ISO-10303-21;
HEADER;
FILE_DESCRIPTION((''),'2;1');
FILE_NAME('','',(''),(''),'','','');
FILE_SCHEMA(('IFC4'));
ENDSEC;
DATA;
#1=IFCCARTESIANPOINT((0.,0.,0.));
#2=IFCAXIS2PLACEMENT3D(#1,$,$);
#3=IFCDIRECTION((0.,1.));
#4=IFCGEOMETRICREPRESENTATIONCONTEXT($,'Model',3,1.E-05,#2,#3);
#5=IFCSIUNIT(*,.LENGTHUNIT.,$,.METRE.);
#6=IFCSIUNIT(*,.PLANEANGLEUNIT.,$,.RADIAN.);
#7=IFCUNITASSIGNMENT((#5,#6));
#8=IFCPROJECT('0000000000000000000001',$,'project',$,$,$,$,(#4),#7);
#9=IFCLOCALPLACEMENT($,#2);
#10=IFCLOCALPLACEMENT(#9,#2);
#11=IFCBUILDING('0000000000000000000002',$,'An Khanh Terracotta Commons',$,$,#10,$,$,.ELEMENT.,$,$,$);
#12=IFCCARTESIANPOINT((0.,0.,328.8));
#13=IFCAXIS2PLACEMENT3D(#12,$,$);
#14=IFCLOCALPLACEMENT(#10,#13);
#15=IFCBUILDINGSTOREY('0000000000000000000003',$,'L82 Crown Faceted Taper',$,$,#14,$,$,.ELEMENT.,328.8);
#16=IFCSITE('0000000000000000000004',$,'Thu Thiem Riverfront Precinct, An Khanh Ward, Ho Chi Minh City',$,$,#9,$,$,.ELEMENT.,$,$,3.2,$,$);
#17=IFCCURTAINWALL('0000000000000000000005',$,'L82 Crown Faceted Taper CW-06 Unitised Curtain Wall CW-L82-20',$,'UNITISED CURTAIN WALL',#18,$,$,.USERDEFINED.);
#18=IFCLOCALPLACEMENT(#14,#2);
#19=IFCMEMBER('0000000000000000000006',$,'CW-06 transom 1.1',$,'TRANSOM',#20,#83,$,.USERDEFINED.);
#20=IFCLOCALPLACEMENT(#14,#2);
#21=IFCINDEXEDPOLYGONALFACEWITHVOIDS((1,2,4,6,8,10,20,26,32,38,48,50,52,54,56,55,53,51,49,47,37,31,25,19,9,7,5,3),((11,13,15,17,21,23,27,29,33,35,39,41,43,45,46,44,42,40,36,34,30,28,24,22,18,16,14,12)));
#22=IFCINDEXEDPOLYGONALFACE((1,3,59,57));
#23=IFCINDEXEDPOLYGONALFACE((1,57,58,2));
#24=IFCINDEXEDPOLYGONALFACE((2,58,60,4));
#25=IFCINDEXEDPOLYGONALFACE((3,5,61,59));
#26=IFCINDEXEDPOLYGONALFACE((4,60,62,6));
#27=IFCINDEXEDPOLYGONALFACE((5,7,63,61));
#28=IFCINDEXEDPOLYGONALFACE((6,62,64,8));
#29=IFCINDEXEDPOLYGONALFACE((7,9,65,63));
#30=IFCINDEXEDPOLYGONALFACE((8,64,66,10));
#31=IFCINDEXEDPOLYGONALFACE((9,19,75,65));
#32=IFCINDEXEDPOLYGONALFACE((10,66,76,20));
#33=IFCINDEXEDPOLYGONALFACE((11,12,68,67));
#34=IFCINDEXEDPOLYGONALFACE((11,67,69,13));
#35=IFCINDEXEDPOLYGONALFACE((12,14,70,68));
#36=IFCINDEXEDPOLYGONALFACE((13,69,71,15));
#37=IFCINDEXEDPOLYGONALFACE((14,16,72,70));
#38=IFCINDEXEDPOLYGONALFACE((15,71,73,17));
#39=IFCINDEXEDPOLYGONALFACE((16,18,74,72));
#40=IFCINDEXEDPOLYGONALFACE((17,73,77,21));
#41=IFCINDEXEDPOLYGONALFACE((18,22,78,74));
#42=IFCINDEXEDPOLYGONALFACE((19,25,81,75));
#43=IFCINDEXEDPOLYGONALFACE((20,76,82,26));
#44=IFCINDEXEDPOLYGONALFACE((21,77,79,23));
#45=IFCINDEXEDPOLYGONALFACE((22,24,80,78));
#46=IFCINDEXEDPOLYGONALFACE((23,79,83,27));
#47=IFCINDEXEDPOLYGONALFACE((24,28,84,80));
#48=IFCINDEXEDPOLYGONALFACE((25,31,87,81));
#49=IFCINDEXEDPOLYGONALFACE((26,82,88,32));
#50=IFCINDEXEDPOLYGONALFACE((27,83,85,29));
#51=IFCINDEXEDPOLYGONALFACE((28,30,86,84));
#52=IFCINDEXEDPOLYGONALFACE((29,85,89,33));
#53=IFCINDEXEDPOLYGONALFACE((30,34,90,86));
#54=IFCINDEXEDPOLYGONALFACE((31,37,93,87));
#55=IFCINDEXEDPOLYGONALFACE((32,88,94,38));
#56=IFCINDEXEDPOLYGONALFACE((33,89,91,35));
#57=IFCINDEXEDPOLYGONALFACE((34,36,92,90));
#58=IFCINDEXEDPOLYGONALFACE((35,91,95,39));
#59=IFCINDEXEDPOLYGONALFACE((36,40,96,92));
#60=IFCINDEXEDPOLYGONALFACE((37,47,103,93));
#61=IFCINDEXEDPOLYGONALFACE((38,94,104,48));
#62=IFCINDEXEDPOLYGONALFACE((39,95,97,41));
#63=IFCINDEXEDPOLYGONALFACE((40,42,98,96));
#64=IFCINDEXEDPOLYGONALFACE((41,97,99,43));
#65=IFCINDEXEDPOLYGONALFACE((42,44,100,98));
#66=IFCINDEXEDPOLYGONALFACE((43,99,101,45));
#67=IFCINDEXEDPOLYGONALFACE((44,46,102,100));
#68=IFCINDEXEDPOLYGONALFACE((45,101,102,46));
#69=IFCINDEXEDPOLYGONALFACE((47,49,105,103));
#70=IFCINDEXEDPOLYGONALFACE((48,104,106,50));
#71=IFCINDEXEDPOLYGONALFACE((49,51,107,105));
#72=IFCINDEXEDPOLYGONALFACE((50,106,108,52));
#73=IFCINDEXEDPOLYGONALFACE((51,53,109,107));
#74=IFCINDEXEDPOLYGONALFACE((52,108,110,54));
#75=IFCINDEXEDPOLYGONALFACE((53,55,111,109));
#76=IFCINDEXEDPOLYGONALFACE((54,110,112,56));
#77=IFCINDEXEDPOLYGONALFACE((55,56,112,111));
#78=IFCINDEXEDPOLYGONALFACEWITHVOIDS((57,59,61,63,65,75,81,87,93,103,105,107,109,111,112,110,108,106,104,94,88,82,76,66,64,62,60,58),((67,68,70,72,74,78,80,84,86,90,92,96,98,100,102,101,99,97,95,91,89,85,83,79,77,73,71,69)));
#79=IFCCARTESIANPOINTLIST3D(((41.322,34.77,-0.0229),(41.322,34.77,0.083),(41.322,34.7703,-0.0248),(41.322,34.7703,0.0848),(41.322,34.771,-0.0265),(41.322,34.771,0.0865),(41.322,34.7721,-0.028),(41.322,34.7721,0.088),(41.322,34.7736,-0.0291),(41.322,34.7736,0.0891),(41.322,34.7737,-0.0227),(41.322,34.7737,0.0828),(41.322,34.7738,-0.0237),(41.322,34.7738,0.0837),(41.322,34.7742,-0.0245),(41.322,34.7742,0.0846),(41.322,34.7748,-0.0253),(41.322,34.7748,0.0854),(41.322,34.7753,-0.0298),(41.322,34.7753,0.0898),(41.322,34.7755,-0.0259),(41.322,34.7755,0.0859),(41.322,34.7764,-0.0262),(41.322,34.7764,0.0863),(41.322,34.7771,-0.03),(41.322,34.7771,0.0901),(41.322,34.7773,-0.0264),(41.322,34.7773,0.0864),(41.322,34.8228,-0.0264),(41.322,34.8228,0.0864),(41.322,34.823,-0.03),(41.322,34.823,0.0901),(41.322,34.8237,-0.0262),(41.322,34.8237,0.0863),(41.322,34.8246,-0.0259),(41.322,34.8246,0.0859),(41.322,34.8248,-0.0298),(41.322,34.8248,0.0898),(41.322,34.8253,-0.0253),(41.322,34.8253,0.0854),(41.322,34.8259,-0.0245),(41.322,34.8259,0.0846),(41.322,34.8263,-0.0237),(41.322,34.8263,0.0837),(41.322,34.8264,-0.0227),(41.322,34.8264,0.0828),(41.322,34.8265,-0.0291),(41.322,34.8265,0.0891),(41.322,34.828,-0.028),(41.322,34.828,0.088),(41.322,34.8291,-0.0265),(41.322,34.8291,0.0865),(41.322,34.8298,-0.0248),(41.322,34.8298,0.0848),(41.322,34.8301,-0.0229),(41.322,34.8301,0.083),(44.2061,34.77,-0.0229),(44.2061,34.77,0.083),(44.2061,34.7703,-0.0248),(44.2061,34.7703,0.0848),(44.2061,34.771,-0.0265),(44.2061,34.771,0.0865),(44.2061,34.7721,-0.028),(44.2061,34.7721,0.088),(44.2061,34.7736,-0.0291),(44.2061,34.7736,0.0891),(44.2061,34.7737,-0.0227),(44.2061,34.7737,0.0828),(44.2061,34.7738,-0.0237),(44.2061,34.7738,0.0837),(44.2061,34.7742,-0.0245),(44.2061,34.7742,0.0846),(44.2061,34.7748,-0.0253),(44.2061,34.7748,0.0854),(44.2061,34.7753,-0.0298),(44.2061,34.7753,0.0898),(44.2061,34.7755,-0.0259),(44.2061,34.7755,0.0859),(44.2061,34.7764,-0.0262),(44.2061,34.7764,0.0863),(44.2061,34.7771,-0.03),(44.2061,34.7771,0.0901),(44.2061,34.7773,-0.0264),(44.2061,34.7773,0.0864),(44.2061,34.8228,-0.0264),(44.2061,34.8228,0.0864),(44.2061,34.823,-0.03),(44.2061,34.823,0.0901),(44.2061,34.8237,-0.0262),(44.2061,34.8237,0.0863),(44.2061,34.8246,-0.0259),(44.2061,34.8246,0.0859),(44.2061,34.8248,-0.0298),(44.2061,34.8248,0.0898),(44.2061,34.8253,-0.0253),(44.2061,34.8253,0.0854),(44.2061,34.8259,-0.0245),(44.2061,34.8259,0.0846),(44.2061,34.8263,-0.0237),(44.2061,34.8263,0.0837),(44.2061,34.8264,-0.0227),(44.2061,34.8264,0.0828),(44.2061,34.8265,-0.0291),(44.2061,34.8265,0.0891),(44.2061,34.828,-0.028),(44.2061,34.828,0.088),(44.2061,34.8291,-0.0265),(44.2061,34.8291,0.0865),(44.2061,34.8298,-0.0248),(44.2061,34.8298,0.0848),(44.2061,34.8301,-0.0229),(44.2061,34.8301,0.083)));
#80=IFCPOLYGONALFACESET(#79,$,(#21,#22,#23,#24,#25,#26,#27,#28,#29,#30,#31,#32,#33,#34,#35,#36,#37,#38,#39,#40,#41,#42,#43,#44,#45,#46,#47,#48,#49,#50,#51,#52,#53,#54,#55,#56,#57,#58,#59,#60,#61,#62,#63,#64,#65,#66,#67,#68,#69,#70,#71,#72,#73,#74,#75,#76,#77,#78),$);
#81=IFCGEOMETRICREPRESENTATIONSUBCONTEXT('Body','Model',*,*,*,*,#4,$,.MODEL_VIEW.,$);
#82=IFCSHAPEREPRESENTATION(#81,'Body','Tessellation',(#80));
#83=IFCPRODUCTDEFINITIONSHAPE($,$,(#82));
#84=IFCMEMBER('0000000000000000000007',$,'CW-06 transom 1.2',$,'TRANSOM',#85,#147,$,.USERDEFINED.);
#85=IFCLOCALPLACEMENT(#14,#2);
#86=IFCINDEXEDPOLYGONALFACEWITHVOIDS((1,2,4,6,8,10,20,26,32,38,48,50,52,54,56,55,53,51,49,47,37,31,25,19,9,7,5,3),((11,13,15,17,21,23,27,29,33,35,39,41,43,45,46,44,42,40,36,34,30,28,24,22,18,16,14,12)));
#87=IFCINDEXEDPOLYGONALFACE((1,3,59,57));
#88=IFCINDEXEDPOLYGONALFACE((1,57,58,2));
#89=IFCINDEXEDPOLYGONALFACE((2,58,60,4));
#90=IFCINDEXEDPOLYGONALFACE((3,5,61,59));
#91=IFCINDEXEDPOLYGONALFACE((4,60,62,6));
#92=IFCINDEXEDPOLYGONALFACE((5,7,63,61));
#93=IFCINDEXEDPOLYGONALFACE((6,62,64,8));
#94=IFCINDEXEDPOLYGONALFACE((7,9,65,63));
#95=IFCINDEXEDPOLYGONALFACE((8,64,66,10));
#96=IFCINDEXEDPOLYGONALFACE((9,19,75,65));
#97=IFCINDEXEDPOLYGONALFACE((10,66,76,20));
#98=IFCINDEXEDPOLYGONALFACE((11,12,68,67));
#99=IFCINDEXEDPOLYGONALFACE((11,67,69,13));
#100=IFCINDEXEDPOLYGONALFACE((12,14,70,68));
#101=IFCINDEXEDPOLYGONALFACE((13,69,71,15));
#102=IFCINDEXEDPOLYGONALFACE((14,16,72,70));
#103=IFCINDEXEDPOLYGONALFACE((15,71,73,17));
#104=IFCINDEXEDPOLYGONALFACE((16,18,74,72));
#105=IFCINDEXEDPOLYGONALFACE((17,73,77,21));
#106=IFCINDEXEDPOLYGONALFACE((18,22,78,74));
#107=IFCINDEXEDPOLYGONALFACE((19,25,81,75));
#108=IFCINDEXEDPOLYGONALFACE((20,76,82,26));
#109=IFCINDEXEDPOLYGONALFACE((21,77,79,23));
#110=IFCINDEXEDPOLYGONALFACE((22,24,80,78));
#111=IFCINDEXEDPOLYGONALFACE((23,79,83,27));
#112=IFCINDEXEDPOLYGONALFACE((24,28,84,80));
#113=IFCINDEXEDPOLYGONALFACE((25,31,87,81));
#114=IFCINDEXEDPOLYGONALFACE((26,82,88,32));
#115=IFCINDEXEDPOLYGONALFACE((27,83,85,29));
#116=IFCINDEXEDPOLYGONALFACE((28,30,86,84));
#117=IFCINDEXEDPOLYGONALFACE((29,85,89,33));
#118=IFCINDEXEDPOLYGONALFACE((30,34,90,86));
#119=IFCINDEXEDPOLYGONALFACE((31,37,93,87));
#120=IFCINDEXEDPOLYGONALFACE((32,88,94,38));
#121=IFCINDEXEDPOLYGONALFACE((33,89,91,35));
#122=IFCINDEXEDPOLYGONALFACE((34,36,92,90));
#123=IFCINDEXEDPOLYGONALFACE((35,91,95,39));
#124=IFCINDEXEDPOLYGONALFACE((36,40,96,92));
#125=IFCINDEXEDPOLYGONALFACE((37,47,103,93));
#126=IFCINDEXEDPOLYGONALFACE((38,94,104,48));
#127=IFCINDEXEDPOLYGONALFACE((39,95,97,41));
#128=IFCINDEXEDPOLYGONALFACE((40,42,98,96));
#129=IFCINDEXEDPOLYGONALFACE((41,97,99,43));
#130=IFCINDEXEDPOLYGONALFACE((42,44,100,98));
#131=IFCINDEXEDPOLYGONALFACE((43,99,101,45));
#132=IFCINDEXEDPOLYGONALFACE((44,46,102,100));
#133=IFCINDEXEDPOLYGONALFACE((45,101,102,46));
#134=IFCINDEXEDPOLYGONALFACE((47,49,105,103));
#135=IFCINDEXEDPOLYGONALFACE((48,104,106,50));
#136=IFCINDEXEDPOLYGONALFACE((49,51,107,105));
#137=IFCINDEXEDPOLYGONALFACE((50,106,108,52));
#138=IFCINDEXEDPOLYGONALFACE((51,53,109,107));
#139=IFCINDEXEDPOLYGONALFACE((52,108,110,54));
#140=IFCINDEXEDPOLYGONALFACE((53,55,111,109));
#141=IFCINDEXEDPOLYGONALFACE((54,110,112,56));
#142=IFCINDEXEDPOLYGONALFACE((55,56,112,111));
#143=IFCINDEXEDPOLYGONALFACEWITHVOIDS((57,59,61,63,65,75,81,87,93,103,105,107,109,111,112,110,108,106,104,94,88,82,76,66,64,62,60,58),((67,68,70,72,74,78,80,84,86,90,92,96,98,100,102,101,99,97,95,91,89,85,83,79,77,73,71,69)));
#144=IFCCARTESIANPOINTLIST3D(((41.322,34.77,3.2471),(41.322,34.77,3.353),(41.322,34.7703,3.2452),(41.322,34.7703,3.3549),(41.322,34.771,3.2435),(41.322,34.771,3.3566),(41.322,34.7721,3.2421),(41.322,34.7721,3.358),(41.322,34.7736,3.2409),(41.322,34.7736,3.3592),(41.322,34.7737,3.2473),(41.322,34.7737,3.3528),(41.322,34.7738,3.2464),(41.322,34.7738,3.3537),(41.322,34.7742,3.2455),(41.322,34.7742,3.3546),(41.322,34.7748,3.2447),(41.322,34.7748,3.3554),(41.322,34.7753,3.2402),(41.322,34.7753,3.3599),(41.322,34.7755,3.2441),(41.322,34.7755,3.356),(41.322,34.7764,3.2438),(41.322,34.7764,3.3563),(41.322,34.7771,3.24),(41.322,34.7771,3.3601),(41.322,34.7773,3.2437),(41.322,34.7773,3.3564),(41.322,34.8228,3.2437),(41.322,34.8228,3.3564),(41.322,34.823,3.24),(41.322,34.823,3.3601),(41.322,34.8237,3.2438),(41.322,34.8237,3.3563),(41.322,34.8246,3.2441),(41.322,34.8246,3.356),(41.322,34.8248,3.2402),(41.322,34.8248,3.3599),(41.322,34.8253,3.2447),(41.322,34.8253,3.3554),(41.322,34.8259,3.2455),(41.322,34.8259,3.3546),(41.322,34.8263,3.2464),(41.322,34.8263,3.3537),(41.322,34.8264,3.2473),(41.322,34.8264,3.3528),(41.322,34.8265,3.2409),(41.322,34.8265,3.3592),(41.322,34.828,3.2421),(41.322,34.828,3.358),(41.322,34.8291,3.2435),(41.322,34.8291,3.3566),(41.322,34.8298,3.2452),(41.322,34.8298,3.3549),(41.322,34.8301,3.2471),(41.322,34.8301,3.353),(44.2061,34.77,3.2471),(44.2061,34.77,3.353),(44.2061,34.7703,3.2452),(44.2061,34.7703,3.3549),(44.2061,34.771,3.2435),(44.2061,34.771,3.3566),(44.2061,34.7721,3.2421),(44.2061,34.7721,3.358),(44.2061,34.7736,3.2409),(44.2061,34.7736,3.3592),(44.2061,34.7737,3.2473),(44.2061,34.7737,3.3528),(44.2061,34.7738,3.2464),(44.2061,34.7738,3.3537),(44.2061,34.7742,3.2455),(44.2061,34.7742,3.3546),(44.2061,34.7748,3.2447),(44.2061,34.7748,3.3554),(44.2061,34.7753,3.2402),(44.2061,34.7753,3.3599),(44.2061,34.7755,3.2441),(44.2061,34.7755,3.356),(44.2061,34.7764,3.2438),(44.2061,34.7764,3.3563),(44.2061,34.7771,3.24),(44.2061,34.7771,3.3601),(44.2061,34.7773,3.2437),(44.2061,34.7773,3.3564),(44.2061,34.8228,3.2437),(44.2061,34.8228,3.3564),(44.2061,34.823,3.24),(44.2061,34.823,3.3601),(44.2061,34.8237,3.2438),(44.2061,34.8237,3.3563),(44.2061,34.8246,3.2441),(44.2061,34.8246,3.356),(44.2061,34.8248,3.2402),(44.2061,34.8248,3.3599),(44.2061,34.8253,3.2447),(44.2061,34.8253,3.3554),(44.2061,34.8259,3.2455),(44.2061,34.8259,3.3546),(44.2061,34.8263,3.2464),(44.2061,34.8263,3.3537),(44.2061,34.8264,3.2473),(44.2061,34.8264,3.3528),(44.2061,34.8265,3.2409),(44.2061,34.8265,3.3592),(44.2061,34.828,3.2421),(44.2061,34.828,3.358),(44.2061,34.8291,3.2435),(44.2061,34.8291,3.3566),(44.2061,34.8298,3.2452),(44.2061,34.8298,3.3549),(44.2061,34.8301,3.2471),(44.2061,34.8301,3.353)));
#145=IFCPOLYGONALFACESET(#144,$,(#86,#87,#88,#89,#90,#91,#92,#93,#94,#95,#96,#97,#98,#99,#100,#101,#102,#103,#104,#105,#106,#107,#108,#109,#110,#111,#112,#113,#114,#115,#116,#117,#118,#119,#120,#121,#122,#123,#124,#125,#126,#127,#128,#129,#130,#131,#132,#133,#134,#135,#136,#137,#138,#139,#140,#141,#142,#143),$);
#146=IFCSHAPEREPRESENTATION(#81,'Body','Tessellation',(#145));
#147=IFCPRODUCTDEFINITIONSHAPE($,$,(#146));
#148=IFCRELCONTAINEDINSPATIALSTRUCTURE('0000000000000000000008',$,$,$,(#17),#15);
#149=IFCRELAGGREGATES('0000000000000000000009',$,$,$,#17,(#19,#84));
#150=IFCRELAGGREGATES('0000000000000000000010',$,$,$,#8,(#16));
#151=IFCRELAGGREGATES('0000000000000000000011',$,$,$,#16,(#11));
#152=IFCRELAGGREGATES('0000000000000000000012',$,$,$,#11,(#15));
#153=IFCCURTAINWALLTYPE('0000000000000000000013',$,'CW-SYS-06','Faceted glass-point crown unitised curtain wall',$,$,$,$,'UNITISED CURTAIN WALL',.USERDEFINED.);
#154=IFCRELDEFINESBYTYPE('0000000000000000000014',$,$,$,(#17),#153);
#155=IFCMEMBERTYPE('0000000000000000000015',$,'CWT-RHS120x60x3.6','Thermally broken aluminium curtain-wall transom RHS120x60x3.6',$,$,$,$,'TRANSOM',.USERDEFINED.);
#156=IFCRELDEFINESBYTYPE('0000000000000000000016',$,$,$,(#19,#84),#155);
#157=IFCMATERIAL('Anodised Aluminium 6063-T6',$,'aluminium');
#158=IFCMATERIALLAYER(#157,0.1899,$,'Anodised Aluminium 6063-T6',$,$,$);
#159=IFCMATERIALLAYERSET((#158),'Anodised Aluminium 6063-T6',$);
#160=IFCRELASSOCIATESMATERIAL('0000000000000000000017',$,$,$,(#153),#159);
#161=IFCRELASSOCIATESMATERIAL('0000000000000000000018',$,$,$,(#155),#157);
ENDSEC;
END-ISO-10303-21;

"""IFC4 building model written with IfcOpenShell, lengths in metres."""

from ifc_helpers import new_model, si_unit, direction, frame, origin, origin_2d, place, context, subcontext, project, spatial, hollow_rectangle, extrude, material, layer, layer_set, material_profile, profile_set, type_object, element, aggregate, save


model = new_model("IFC4")

# Units and contexts
model_context = context("Model", 3, precision=1e-05, world=origin(), true_north=direction((0.0, 1.0)))
body_context = subcontext(model_context, "Body", "Model", "MODEL_VIEW")
ifc_project = project(units=[si_unit("LENGTHUNIT", "METRE"), si_unit("PLANEANGLEUNIT", "RADIAN")], contexts=[model_context])

# Site, building, storey
site_placement = place(None, origin())
site = spatial("IfcSite", under=ifc_project, at=site_placement, Name="Thu Thiem Riverfront Precinct, An Khanh Ward, Ho Chi Minh City", CompositionType="ELEMENT", RefElevation=3.2)
building_placement = place(site_placement, origin())
building = spatial("IfcBuilding", under=site, at=building_placement, Name="An Khanh Terracotta Commons", CompositionType="ELEMENT")
storey_placement = place(building_placement, frame((0.0, 0.0, 328.8)))
storey = spatial("IfcBuildingStorey", under=building, at=storey_placement, Name="L82 Crown Faceted Taper", CompositionType="ELEMENT", Elevation=328.8)

# Curtain wall, members
ifc_material_1 = material(Name="Anodised Aluminium 6063-T6", Category="aluminium")
ifc_layer_1 = layer(ifc_material_1, 0.1899, Name="Anodised Aluminium 6063-T6")
ifc_layer_set_1 = layer_set([ifc_layer_1], Name="Anodised Aluminium 6063-T6")
curtain_wall_type = type_object("IfcCurtainWallType", Name="CW-SYS-06", Description="Faceted glass-point crown unitised curtain wall", ElementType="UNITISED CURTAIN WALL", PredefinedType="USERDEFINED", material=ifc_layer_set_1)
curtain_wall_placement = place(storey_placement, origin())
curtain_wall = element("IfcCurtainWall", 1, at=curtain_wall_placement, inside=storey, type_object=curtain_wall_type, Name="L82 Crown Faceted Taper CW-06 Unitised Curtain Wall CW-L82-20", ObjectType="UNITISED CURTAIN WALL", PredefinedType="USERDEFINED")
ifc_material_profile_1 = material_profile(ifc_material_1, hollow_rectangle(XDim=0.0601, YDim=0.1201, WallThickness=0.0037, InnerFilletRadius=0.0037, OuterFilletRadius=0.0071, at=origin_2d()), Name="RHS120x60x3.6")
ifc_profile_set_1 = profile_set([ifc_material_profile_1], Name="Anodised Aluminium 6063-T6")
member_type_1 = type_object("IfcMemberType", Name="CWT-RHS120x60x3.6", Description="Thermally broken aluminium curtain-wall transom RHS120x60x3.6", ElementType="TRANSOM", PredefinedType="USERDEFINED", material=ifc_profile_set_1)
member_1_placement = place(storey_placement, frame((44.2061, 34.8, 0.03), z_axis=(-1.0, 0.0, 0.0), x_axis=(0.0, -1.0, 0.0)))
member_1 = element("IfcMember", 2, at=member_1_placement, type_object=member_type_1, Name="CW-06 transom 1.1", ObjectType="TRANSOM", PredefinedType="USERDEFINED", context=body_context, shape_type="SweptSolid", body=[
    extrude(hollow_rectangle(XDim=0.0601, YDim=0.1201, WallThickness=0.0037, InnerFilletRadius=0.0037, OuterFilletRadius=0.0071, at=origin_2d()), origin(), (0.0, 0.0, 1.0), 2.884),
])
member_2_placement = place(storey_placement, frame((44.2061, 34.8, 3.3), z_axis=(-1.0, 0.0, 0.0), x_axis=(0.0, -1.0, 0.0)))
member_2 = element("IfcMember", 3, at=member_2_placement, type_object=member_type_1, Name="CW-06 transom 1.2", ObjectType="TRANSOM", PredefinedType="USERDEFINED", context=body_context, shape_type="SweptSolid", body=[
    extrude(hollow_rectangle(XDim=0.0601, YDim=0.1201, WallThickness=0.0037, InnerFilletRadius=0.0037, OuterFilletRadius=0.0071, at=origin_2d()), origin(), (0.0, 0.0, 1.0), 2.884),
])

aggregate(curtain_wall, [member_1, member_2])

save(model, "model.ifc")
